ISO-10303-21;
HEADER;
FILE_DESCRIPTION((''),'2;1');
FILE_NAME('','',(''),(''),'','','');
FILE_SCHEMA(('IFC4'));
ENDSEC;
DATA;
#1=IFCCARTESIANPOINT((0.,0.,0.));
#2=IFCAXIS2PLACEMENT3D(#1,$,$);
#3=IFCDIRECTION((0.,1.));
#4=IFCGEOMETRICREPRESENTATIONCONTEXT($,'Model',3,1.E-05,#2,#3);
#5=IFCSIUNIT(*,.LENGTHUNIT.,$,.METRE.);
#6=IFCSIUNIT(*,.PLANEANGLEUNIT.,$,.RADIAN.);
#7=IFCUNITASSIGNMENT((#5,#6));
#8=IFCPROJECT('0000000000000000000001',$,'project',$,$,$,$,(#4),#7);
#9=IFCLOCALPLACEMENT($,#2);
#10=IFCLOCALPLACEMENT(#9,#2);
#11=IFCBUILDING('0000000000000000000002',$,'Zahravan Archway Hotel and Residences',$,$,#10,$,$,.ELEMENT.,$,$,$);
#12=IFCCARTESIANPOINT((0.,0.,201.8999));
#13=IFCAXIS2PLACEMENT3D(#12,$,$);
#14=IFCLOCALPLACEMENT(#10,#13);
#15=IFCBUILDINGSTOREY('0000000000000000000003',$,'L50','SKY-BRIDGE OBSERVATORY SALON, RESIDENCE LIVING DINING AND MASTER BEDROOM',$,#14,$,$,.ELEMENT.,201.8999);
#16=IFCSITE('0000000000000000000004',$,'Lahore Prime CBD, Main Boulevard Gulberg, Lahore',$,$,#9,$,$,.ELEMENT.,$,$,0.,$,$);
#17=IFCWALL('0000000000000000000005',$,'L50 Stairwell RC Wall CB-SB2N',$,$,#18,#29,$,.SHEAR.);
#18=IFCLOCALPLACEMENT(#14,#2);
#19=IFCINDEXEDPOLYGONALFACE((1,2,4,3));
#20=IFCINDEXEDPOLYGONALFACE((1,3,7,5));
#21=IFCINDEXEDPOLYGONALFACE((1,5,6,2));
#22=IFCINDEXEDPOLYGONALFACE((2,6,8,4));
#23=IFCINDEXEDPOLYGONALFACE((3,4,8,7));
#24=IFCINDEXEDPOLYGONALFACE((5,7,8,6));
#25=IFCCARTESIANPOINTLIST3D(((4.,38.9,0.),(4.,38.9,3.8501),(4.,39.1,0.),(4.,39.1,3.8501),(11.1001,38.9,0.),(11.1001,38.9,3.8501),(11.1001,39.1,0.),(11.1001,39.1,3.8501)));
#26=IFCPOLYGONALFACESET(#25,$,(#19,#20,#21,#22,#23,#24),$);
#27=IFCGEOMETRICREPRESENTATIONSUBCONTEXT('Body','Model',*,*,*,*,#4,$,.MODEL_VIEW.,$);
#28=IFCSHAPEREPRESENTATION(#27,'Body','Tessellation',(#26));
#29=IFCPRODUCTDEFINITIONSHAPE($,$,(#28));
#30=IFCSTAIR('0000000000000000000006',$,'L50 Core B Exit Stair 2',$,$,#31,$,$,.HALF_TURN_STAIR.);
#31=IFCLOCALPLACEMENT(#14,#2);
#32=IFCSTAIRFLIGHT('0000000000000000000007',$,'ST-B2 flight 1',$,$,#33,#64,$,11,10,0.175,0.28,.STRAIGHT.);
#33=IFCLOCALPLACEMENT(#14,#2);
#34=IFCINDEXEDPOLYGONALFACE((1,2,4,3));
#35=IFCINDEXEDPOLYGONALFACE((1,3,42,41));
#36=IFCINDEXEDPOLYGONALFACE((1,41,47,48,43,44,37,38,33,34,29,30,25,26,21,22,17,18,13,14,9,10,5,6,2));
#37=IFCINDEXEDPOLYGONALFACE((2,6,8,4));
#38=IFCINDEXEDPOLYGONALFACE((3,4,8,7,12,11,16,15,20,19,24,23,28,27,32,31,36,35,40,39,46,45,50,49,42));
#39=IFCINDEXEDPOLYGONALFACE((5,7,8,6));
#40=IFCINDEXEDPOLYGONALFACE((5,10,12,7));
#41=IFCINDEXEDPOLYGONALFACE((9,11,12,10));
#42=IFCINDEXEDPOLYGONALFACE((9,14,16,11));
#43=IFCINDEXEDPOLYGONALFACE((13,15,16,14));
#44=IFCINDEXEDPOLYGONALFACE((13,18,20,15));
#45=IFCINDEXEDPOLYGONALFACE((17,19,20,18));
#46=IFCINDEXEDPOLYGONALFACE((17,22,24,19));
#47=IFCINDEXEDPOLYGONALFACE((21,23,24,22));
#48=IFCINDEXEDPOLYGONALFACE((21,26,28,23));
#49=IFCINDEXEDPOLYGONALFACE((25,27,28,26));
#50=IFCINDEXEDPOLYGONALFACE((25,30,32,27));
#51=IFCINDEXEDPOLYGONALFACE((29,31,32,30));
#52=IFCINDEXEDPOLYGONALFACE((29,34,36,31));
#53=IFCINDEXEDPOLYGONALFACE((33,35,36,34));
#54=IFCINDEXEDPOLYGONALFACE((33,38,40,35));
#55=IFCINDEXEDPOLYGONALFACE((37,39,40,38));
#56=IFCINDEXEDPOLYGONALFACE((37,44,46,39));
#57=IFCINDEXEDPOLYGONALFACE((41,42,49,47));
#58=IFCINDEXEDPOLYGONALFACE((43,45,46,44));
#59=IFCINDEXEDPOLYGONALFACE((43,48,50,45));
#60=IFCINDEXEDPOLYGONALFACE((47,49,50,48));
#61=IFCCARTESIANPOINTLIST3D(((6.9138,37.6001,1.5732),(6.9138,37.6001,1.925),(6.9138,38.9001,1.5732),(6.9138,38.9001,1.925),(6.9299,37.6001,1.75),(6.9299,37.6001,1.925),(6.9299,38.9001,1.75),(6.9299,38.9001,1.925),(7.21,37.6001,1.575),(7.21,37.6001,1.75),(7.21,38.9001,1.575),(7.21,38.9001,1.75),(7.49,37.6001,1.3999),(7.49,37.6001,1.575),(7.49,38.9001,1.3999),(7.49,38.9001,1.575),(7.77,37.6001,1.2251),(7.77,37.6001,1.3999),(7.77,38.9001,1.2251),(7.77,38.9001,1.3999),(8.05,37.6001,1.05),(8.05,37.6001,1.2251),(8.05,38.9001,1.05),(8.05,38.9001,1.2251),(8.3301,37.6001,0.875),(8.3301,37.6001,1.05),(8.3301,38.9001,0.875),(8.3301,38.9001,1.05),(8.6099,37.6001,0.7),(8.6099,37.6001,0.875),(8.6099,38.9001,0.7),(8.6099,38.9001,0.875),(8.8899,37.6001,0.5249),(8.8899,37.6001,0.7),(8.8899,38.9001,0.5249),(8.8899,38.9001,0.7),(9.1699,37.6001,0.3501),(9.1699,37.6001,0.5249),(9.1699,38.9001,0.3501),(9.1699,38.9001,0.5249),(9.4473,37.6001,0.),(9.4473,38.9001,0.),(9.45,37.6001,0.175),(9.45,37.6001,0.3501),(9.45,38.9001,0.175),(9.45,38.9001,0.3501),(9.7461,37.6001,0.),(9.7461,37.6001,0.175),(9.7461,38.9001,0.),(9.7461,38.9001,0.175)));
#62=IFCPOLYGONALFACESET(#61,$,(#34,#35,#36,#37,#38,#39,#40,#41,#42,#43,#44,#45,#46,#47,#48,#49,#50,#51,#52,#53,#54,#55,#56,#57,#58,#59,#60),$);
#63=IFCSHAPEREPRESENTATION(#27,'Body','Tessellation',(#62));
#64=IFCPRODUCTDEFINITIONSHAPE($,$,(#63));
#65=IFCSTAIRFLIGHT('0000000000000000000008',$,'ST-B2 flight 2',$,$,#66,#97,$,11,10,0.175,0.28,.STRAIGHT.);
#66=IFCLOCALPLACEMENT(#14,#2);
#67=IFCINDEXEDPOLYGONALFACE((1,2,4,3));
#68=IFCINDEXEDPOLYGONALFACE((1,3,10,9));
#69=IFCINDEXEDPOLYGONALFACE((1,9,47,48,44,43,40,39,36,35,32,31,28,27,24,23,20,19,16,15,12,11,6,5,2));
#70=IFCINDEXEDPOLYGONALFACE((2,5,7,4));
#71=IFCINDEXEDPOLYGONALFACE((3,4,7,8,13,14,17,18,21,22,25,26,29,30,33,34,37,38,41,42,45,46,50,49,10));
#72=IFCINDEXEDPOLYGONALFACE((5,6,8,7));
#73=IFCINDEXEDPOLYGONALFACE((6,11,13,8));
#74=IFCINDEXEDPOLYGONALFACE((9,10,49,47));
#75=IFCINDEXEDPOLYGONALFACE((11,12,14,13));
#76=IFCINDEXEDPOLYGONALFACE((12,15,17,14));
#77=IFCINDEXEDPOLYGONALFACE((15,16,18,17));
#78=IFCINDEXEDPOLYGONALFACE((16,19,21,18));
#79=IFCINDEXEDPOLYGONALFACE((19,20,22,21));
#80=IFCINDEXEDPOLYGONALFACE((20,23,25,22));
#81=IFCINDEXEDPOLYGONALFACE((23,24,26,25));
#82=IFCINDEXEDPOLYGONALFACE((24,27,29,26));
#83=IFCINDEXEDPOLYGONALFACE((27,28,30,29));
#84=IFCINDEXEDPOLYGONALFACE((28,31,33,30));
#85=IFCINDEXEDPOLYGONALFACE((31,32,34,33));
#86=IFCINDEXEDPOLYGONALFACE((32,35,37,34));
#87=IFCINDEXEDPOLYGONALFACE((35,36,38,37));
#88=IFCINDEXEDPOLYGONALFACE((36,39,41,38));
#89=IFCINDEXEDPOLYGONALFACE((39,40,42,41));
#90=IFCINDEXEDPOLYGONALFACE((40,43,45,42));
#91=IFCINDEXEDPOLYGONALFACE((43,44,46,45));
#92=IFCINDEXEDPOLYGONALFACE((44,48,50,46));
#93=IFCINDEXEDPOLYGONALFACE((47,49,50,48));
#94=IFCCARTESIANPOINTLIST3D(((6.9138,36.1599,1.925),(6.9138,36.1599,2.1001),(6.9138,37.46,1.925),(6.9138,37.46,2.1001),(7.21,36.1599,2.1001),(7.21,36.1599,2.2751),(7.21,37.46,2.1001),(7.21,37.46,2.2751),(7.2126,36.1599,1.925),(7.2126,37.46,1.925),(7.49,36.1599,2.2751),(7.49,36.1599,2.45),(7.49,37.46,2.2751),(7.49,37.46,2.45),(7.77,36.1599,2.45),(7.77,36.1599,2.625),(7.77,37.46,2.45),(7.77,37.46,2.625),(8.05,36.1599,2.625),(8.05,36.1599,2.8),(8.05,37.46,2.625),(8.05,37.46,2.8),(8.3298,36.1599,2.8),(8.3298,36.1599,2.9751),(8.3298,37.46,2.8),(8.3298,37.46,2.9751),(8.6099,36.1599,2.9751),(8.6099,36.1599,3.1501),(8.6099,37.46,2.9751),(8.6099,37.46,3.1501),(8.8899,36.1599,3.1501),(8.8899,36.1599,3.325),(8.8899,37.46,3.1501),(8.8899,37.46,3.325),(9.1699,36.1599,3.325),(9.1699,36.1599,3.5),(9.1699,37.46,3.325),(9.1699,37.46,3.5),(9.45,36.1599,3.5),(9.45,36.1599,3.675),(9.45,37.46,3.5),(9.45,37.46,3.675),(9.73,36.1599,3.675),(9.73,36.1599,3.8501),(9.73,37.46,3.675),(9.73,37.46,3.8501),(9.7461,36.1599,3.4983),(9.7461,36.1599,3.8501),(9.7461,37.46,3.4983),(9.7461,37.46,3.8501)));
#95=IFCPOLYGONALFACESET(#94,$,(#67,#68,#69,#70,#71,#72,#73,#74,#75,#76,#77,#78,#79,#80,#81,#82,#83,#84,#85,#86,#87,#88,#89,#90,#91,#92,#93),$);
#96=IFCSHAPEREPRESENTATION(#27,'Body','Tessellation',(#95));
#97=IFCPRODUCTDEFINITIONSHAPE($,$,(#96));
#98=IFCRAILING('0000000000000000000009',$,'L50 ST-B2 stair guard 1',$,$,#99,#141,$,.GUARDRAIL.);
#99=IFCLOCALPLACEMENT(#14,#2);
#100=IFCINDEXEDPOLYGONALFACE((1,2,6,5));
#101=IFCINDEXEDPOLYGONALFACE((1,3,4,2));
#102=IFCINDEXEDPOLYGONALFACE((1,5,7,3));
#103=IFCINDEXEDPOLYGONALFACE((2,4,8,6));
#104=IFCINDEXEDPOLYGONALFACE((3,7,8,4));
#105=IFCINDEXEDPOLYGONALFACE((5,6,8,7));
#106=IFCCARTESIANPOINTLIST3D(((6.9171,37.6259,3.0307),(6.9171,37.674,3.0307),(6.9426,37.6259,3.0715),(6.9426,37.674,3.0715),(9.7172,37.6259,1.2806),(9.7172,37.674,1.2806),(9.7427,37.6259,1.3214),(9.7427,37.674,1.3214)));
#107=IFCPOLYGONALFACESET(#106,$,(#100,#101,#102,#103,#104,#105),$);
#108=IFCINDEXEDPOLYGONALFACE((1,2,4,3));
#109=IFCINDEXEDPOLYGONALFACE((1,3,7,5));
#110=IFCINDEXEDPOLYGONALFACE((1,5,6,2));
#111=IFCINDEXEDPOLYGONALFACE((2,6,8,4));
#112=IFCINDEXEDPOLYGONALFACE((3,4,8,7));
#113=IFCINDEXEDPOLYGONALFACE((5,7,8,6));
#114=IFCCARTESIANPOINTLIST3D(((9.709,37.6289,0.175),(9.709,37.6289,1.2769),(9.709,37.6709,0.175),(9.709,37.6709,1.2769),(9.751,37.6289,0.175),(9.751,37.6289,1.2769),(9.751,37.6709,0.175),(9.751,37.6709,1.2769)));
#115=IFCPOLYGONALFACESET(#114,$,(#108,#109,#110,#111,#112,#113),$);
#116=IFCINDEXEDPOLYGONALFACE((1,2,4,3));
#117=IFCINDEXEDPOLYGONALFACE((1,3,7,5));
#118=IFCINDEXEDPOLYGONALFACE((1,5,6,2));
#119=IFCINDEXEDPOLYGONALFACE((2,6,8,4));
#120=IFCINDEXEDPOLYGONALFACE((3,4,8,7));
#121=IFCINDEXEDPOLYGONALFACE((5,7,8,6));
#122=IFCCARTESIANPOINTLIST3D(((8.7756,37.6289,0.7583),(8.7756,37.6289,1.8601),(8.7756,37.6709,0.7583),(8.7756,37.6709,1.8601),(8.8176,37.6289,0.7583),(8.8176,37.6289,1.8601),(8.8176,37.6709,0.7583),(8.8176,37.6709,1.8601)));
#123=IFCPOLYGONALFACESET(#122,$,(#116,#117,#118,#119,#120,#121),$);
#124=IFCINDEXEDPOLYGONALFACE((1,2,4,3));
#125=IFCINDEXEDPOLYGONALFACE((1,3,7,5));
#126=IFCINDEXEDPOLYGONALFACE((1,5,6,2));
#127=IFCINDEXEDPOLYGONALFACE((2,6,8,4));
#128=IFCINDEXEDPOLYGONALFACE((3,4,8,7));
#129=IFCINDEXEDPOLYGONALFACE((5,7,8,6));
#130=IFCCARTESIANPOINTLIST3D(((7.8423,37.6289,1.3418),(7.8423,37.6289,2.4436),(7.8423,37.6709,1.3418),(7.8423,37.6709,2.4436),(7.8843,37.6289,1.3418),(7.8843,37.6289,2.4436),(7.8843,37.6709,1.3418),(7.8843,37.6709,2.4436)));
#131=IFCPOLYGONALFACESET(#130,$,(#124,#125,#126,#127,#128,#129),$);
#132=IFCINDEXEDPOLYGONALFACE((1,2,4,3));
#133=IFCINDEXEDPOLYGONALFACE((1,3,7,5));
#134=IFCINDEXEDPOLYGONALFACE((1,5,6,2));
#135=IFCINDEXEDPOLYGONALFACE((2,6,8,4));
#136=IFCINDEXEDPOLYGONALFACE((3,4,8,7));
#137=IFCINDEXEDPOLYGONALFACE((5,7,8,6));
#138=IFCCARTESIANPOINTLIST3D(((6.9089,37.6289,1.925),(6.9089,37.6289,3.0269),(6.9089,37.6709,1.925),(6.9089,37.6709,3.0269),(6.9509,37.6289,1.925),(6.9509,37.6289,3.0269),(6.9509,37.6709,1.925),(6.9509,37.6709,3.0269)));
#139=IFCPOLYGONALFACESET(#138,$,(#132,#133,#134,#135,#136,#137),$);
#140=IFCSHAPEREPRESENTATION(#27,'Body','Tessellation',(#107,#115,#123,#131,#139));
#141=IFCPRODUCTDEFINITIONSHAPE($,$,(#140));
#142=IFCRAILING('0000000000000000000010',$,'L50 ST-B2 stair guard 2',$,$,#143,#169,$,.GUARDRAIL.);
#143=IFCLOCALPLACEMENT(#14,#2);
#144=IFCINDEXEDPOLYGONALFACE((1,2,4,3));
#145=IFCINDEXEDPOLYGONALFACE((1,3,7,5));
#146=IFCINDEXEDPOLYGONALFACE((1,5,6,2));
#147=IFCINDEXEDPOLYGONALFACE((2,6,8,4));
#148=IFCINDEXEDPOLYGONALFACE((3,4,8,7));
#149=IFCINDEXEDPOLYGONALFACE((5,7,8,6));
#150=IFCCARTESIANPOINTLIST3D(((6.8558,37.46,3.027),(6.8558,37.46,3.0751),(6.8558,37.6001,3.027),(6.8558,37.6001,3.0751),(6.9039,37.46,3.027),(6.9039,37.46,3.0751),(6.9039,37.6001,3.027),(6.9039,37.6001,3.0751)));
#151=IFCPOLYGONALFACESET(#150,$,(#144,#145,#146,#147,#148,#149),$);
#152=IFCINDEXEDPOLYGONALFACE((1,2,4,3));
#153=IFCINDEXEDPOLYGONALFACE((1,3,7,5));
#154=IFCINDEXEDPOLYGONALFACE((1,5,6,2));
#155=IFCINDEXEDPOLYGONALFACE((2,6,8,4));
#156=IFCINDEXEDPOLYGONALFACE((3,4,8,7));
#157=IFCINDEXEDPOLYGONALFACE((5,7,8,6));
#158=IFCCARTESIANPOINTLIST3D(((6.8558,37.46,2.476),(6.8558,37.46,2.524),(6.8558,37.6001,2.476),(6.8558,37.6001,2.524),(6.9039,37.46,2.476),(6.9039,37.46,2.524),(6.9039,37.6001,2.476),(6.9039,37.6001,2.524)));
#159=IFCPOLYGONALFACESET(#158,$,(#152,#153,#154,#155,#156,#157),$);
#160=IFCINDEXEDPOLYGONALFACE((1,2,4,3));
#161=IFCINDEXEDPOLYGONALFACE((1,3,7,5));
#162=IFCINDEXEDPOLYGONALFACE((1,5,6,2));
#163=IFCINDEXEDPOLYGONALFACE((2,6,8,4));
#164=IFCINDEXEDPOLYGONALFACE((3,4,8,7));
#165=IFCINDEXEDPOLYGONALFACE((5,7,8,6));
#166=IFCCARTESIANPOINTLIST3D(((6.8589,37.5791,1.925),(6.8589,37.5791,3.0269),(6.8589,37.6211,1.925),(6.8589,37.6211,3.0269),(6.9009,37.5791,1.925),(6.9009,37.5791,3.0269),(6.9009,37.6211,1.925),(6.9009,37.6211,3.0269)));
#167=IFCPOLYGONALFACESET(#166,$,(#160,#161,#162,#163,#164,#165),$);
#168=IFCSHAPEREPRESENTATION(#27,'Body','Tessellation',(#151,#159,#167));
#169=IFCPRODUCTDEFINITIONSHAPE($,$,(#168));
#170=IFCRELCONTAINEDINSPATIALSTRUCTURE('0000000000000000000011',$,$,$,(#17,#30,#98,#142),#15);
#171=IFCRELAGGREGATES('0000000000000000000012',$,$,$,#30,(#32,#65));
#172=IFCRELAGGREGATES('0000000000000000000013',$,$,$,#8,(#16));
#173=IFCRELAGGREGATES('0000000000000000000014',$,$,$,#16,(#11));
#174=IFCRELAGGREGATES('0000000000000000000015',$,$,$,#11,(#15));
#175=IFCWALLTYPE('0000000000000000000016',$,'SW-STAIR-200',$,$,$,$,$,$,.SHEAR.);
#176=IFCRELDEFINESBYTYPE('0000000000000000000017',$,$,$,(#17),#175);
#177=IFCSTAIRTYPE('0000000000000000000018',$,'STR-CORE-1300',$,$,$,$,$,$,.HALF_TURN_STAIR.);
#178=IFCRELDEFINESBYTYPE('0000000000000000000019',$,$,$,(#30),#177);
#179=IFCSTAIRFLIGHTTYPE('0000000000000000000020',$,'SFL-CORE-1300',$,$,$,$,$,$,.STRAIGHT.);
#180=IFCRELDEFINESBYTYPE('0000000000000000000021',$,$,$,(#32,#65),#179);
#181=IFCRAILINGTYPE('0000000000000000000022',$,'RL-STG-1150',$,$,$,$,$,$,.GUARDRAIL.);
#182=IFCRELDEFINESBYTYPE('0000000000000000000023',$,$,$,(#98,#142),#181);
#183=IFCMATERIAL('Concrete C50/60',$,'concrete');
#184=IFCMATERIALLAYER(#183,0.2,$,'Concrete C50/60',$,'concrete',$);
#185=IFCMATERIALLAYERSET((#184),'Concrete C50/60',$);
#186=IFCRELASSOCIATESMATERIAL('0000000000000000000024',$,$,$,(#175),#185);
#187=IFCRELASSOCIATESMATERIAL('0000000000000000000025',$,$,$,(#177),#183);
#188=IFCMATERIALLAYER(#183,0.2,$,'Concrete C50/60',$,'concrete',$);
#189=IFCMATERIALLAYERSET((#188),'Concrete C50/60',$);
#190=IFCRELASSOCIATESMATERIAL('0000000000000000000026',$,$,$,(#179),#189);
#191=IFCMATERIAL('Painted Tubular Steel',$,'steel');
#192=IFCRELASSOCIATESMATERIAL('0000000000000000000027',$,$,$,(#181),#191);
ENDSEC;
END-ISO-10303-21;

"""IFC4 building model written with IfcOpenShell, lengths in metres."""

from ifc_helpers import new_model, si_unit, direction, frame, frame_2d, origin, origin_2d, place, context, subcontext, project, spatial, polyline, rectangle, outline, extrude, source, transform, mapped, material, layer, layer_set, type_object, element, aggregate, save


model = new_model("IFC4")

# Units and contexts
model_context = context("Model", 3, precision=1e-05, world=origin(), true_north=direction((0.0, 1.0)))
body_context = subcontext(model_context, "Body", "Model", "MODEL_VIEW")
ifc_project = project(units=[si_unit("LENGTHUNIT", "METRE"), si_unit("PLANEANGLEUNIT", "RADIAN")], contexts=[model_context])

# Site, building, storey
site_placement = place(None, origin())
site = spatial("IfcSite", under=ifc_project, at=site_placement, Name="Lahore Prime CBD, Main Boulevard Gulberg, Lahore", CompositionType="ELEMENT", RefElevation=0.0)
building_placement = place(site_placement, origin())
building = spatial("IfcBuilding", under=site, at=building_placement, Name="Zahravan Archway Hotel and Residences", CompositionType="ELEMENT")
storey_placement = place(building_placement, frame((0.0, 0.0, 201.8999)))
storey = spatial("IfcBuildingStorey", under=building, at=storey_placement, Name="L50", Description="SKY-BRIDGE OBSERVATORY SALON, RESIDENCE LIVING DINING AND MASTER BEDROOM", CompositionType="ELEMENT", Elevation=201.8999)

# Wall
ifc_material_1 = material(Name="Concrete C50/60", Category="concrete")
ifc_layer_1 = layer(ifc_material_1, 0.2, Name="Concrete C50/60", Category="concrete")
ifc_layer_set_1 = layer_set([ifc_layer_1], Name="Concrete C50/60")
wall_type_1 = type_object("IfcWallType", Name="SW-STAIR-200", PredefinedType="SHEAR", material=ifc_layer_set_1)
wall_1_placement = place(storey_placement, frame((4.0, 39.0, 0.0), z_axis=(0.0, 0.0, 1.0), x_axis=(1.0, 0.0, 0.0)))
element("IfcWall", 1, at=wall_1_placement, inside=storey, type_object=wall_type_1, Name="L50 Stairwell RC Wall CB-SB2N", PredefinedType="SHEAR", context=body_context, shape_type="SweptSolid", body=[
    extrude(rectangle(XDim=7.1001, YDim=0.2, at=frame_2d((3.55, 0.0))), origin(), (0.0, 0.0, 1.0), 3.8501),
])

# Stair, stair flights
stair_type = type_object("IfcStairType", Name="STR-CORE-1300", PredefinedType="HALF_TURN_STAIR", material=ifc_material_1)
stair_placement = place(storey_placement, origin())
stair = element("IfcStair", 2, at=stair_placement, inside=storey, type_object=stair_type, Name="L50 Core B Exit Stair 2", PredefinedType="HALF_TURN_STAIR")
ifc_layer_2 = layer(ifc_material_1, 0.2, Name="Concrete C50/60", Category="concrete")
ifc_layer_set_2 = layer_set([ifc_layer_2], Name="Concrete C50/60")
stair_flight_type = type_object("IfcStairFlightType", Name="SFL-CORE-1300", PredefinedType="STRAIGHT", material=ifc_layer_set_2)
shared_shape_1 = source(origin(), body_context, "Body", "SweptSolid", [
    extrude(outline(polyline([(-0.0161, 0.0), (-0.0161, 0.175), (0.28, 0.175), (0.28, 0.3501), (0.5601, 0.3501), (0.5601, 0.5249), (0.8401, 0.5249), (0.8401, 0.7), (1.1201, 0.7), (1.1201, 0.875), (1.3999, 0.875), (1.3999, 1.05), (1.6799, 1.05), (1.6799, 1.2251), (1.96, 1.2251), (1.96, 1.3999), (2.24, 1.3999), (2.24, 1.575), (2.52, 1.575), (2.52, 1.75), (2.8, 1.75), (2.8, 1.925), (2.8162, 1.925), (2.8162, 1.5732), (0.2827, 0.0), (-0.0161, 0.0)])), frame((0.0, 0.6499, 0.0), z_axis=(0.0, -1.0, 0.0), x_axis=(1.0, 0.0, 0.0)), (0.0, 0.0, 1.0), 1.3),
])
stair_flight_1_placement = place(storey_placement, frame((9.73, 38.25, 0.0), z_axis=(0.0, 0.0, 1.0), x_axis=(-1.0, 0.0, 0.0)))
stair_flight_1 = element("IfcStairFlight", 3, at=stair_flight_1_placement, type_object=stair_flight_type, Name="ST-B2 flight 1", NumberOfRisers=11, NumberOfTreads=10, PredefinedType="STRAIGHT", RiserHeight=0.175, TreadLength=0.28, context=body_context, shape_type="MappedRepresentation", body=[
    mapped(shared_shape_1, transform((0.0, 0.0, 0.0), scale=1.0)),
])
stair_flight_2_placement = place(storey_placement, frame((6.9299, 36.8101, 1.925), z_axis=(0.0, 0.0, 1.0), x_axis=(1.0, 0.0, 0.0)))
stair_flight_2 = element("IfcStairFlight", 4, at=stair_flight_2_placement, type_object=stair_flight_type, Name="ST-B2 flight 2", NumberOfRisers=11, NumberOfTreads=10, PredefinedType="STRAIGHT", RiserHeight=0.175, TreadLength=0.28, context=body_context, shape_type="MappedRepresentation", body=[
    mapped(shared_shape_1, transform((0.0, 0.0, 0.0), scale=1.0)),
])
aggregate(stair, [stair_flight_1, stair_flight_2])

# Railings
ifc_material_2 = material(Name="Painted Tubular Steel", Category="steel")
railing_type_1 = type_object("IfcRailingType", Name="RL-STG-1150", PredefinedType="GUARDRAIL", material=ifc_material_2)
railing_1_placement = place(storey_placement, frame((9.73, 37.6499, 0.175)))
element("IfcRailing", 5, at=railing_1_placement, inside=storey, type_object=railing_type_1, Name="L50 ST-B2 stair guard 1", PredefinedType="GUARDRAIL", context=body_context, shape_type="SweptSolid", body=[
    extrude(rectangle(XDim=0.0481, YDim=0.0481, at=origin_2d()), frame((0.0, 0.0, 1.126), z_axis=(-0.848002, 0.0, 0.529992), x_axis=(0.0, -1.0, 0.0)), (0.0, 0.0, 1.0), 3.302),
    extrude(rectangle(XDim=0.042, YDim=0.042, at=origin_2d()), origin(), (0.0, 0.0, 1.0), 1.1018),
    extrude(rectangle(XDim=0.042, YDim=0.042, at=origin_2d()), frame((-0.9333, 0.0, 0.5833)), (0.0, 0.0, 1.0), 1.1018),
    extrude(rectangle(XDim=0.042, YDim=0.042, at=origin_2d()), frame((-1.8667, 0.0, 1.1667)), (0.0, 0.0, 1.0), 1.1018),
    extrude(rectangle(XDim=0.042, YDim=0.042, at=origin_2d()), frame((-2.8, 0.0, 1.75)), (0.0, 0.0, 1.0), 1.1018),
])
railing_2_placement = place(storey_placement, frame((6.8799, 37.6001, 1.925)))
element("IfcRailing", 6, at=railing_2_placement, inside=storey, type_object=railing_type_1, Name="L50 ST-B2 stair guard 2", PredefinedType="GUARDRAIL", context=body_context, shape_type="SweptSolid", body=[
    extrude(rectangle(XDim=0.0481, YDim=0.0481, at=origin_2d()), frame((0.0, 0.0, 1.126), z_axis=(0.0, -1.0, 0.0), x_axis=(1.0, 0.0, 0.0)), (0.0, 0.0, 1.0), 0.1401),
    extrude(rectangle(XDim=0.0481, YDim=0.0481, at=origin_2d()), frame((0.0, 0.0, 0.575), z_axis=(0.0, -1.0, 0.0), x_axis=(1.0, 0.0, 0.0)), (0.0, 0.0, 1.0), 0.1401),
    extrude(rectangle(XDim=0.042, YDim=0.042, at=origin_2d()), origin(), (0.0, 0.0, 1.0), 1.1018),
])

save(model, "model.ifc")
